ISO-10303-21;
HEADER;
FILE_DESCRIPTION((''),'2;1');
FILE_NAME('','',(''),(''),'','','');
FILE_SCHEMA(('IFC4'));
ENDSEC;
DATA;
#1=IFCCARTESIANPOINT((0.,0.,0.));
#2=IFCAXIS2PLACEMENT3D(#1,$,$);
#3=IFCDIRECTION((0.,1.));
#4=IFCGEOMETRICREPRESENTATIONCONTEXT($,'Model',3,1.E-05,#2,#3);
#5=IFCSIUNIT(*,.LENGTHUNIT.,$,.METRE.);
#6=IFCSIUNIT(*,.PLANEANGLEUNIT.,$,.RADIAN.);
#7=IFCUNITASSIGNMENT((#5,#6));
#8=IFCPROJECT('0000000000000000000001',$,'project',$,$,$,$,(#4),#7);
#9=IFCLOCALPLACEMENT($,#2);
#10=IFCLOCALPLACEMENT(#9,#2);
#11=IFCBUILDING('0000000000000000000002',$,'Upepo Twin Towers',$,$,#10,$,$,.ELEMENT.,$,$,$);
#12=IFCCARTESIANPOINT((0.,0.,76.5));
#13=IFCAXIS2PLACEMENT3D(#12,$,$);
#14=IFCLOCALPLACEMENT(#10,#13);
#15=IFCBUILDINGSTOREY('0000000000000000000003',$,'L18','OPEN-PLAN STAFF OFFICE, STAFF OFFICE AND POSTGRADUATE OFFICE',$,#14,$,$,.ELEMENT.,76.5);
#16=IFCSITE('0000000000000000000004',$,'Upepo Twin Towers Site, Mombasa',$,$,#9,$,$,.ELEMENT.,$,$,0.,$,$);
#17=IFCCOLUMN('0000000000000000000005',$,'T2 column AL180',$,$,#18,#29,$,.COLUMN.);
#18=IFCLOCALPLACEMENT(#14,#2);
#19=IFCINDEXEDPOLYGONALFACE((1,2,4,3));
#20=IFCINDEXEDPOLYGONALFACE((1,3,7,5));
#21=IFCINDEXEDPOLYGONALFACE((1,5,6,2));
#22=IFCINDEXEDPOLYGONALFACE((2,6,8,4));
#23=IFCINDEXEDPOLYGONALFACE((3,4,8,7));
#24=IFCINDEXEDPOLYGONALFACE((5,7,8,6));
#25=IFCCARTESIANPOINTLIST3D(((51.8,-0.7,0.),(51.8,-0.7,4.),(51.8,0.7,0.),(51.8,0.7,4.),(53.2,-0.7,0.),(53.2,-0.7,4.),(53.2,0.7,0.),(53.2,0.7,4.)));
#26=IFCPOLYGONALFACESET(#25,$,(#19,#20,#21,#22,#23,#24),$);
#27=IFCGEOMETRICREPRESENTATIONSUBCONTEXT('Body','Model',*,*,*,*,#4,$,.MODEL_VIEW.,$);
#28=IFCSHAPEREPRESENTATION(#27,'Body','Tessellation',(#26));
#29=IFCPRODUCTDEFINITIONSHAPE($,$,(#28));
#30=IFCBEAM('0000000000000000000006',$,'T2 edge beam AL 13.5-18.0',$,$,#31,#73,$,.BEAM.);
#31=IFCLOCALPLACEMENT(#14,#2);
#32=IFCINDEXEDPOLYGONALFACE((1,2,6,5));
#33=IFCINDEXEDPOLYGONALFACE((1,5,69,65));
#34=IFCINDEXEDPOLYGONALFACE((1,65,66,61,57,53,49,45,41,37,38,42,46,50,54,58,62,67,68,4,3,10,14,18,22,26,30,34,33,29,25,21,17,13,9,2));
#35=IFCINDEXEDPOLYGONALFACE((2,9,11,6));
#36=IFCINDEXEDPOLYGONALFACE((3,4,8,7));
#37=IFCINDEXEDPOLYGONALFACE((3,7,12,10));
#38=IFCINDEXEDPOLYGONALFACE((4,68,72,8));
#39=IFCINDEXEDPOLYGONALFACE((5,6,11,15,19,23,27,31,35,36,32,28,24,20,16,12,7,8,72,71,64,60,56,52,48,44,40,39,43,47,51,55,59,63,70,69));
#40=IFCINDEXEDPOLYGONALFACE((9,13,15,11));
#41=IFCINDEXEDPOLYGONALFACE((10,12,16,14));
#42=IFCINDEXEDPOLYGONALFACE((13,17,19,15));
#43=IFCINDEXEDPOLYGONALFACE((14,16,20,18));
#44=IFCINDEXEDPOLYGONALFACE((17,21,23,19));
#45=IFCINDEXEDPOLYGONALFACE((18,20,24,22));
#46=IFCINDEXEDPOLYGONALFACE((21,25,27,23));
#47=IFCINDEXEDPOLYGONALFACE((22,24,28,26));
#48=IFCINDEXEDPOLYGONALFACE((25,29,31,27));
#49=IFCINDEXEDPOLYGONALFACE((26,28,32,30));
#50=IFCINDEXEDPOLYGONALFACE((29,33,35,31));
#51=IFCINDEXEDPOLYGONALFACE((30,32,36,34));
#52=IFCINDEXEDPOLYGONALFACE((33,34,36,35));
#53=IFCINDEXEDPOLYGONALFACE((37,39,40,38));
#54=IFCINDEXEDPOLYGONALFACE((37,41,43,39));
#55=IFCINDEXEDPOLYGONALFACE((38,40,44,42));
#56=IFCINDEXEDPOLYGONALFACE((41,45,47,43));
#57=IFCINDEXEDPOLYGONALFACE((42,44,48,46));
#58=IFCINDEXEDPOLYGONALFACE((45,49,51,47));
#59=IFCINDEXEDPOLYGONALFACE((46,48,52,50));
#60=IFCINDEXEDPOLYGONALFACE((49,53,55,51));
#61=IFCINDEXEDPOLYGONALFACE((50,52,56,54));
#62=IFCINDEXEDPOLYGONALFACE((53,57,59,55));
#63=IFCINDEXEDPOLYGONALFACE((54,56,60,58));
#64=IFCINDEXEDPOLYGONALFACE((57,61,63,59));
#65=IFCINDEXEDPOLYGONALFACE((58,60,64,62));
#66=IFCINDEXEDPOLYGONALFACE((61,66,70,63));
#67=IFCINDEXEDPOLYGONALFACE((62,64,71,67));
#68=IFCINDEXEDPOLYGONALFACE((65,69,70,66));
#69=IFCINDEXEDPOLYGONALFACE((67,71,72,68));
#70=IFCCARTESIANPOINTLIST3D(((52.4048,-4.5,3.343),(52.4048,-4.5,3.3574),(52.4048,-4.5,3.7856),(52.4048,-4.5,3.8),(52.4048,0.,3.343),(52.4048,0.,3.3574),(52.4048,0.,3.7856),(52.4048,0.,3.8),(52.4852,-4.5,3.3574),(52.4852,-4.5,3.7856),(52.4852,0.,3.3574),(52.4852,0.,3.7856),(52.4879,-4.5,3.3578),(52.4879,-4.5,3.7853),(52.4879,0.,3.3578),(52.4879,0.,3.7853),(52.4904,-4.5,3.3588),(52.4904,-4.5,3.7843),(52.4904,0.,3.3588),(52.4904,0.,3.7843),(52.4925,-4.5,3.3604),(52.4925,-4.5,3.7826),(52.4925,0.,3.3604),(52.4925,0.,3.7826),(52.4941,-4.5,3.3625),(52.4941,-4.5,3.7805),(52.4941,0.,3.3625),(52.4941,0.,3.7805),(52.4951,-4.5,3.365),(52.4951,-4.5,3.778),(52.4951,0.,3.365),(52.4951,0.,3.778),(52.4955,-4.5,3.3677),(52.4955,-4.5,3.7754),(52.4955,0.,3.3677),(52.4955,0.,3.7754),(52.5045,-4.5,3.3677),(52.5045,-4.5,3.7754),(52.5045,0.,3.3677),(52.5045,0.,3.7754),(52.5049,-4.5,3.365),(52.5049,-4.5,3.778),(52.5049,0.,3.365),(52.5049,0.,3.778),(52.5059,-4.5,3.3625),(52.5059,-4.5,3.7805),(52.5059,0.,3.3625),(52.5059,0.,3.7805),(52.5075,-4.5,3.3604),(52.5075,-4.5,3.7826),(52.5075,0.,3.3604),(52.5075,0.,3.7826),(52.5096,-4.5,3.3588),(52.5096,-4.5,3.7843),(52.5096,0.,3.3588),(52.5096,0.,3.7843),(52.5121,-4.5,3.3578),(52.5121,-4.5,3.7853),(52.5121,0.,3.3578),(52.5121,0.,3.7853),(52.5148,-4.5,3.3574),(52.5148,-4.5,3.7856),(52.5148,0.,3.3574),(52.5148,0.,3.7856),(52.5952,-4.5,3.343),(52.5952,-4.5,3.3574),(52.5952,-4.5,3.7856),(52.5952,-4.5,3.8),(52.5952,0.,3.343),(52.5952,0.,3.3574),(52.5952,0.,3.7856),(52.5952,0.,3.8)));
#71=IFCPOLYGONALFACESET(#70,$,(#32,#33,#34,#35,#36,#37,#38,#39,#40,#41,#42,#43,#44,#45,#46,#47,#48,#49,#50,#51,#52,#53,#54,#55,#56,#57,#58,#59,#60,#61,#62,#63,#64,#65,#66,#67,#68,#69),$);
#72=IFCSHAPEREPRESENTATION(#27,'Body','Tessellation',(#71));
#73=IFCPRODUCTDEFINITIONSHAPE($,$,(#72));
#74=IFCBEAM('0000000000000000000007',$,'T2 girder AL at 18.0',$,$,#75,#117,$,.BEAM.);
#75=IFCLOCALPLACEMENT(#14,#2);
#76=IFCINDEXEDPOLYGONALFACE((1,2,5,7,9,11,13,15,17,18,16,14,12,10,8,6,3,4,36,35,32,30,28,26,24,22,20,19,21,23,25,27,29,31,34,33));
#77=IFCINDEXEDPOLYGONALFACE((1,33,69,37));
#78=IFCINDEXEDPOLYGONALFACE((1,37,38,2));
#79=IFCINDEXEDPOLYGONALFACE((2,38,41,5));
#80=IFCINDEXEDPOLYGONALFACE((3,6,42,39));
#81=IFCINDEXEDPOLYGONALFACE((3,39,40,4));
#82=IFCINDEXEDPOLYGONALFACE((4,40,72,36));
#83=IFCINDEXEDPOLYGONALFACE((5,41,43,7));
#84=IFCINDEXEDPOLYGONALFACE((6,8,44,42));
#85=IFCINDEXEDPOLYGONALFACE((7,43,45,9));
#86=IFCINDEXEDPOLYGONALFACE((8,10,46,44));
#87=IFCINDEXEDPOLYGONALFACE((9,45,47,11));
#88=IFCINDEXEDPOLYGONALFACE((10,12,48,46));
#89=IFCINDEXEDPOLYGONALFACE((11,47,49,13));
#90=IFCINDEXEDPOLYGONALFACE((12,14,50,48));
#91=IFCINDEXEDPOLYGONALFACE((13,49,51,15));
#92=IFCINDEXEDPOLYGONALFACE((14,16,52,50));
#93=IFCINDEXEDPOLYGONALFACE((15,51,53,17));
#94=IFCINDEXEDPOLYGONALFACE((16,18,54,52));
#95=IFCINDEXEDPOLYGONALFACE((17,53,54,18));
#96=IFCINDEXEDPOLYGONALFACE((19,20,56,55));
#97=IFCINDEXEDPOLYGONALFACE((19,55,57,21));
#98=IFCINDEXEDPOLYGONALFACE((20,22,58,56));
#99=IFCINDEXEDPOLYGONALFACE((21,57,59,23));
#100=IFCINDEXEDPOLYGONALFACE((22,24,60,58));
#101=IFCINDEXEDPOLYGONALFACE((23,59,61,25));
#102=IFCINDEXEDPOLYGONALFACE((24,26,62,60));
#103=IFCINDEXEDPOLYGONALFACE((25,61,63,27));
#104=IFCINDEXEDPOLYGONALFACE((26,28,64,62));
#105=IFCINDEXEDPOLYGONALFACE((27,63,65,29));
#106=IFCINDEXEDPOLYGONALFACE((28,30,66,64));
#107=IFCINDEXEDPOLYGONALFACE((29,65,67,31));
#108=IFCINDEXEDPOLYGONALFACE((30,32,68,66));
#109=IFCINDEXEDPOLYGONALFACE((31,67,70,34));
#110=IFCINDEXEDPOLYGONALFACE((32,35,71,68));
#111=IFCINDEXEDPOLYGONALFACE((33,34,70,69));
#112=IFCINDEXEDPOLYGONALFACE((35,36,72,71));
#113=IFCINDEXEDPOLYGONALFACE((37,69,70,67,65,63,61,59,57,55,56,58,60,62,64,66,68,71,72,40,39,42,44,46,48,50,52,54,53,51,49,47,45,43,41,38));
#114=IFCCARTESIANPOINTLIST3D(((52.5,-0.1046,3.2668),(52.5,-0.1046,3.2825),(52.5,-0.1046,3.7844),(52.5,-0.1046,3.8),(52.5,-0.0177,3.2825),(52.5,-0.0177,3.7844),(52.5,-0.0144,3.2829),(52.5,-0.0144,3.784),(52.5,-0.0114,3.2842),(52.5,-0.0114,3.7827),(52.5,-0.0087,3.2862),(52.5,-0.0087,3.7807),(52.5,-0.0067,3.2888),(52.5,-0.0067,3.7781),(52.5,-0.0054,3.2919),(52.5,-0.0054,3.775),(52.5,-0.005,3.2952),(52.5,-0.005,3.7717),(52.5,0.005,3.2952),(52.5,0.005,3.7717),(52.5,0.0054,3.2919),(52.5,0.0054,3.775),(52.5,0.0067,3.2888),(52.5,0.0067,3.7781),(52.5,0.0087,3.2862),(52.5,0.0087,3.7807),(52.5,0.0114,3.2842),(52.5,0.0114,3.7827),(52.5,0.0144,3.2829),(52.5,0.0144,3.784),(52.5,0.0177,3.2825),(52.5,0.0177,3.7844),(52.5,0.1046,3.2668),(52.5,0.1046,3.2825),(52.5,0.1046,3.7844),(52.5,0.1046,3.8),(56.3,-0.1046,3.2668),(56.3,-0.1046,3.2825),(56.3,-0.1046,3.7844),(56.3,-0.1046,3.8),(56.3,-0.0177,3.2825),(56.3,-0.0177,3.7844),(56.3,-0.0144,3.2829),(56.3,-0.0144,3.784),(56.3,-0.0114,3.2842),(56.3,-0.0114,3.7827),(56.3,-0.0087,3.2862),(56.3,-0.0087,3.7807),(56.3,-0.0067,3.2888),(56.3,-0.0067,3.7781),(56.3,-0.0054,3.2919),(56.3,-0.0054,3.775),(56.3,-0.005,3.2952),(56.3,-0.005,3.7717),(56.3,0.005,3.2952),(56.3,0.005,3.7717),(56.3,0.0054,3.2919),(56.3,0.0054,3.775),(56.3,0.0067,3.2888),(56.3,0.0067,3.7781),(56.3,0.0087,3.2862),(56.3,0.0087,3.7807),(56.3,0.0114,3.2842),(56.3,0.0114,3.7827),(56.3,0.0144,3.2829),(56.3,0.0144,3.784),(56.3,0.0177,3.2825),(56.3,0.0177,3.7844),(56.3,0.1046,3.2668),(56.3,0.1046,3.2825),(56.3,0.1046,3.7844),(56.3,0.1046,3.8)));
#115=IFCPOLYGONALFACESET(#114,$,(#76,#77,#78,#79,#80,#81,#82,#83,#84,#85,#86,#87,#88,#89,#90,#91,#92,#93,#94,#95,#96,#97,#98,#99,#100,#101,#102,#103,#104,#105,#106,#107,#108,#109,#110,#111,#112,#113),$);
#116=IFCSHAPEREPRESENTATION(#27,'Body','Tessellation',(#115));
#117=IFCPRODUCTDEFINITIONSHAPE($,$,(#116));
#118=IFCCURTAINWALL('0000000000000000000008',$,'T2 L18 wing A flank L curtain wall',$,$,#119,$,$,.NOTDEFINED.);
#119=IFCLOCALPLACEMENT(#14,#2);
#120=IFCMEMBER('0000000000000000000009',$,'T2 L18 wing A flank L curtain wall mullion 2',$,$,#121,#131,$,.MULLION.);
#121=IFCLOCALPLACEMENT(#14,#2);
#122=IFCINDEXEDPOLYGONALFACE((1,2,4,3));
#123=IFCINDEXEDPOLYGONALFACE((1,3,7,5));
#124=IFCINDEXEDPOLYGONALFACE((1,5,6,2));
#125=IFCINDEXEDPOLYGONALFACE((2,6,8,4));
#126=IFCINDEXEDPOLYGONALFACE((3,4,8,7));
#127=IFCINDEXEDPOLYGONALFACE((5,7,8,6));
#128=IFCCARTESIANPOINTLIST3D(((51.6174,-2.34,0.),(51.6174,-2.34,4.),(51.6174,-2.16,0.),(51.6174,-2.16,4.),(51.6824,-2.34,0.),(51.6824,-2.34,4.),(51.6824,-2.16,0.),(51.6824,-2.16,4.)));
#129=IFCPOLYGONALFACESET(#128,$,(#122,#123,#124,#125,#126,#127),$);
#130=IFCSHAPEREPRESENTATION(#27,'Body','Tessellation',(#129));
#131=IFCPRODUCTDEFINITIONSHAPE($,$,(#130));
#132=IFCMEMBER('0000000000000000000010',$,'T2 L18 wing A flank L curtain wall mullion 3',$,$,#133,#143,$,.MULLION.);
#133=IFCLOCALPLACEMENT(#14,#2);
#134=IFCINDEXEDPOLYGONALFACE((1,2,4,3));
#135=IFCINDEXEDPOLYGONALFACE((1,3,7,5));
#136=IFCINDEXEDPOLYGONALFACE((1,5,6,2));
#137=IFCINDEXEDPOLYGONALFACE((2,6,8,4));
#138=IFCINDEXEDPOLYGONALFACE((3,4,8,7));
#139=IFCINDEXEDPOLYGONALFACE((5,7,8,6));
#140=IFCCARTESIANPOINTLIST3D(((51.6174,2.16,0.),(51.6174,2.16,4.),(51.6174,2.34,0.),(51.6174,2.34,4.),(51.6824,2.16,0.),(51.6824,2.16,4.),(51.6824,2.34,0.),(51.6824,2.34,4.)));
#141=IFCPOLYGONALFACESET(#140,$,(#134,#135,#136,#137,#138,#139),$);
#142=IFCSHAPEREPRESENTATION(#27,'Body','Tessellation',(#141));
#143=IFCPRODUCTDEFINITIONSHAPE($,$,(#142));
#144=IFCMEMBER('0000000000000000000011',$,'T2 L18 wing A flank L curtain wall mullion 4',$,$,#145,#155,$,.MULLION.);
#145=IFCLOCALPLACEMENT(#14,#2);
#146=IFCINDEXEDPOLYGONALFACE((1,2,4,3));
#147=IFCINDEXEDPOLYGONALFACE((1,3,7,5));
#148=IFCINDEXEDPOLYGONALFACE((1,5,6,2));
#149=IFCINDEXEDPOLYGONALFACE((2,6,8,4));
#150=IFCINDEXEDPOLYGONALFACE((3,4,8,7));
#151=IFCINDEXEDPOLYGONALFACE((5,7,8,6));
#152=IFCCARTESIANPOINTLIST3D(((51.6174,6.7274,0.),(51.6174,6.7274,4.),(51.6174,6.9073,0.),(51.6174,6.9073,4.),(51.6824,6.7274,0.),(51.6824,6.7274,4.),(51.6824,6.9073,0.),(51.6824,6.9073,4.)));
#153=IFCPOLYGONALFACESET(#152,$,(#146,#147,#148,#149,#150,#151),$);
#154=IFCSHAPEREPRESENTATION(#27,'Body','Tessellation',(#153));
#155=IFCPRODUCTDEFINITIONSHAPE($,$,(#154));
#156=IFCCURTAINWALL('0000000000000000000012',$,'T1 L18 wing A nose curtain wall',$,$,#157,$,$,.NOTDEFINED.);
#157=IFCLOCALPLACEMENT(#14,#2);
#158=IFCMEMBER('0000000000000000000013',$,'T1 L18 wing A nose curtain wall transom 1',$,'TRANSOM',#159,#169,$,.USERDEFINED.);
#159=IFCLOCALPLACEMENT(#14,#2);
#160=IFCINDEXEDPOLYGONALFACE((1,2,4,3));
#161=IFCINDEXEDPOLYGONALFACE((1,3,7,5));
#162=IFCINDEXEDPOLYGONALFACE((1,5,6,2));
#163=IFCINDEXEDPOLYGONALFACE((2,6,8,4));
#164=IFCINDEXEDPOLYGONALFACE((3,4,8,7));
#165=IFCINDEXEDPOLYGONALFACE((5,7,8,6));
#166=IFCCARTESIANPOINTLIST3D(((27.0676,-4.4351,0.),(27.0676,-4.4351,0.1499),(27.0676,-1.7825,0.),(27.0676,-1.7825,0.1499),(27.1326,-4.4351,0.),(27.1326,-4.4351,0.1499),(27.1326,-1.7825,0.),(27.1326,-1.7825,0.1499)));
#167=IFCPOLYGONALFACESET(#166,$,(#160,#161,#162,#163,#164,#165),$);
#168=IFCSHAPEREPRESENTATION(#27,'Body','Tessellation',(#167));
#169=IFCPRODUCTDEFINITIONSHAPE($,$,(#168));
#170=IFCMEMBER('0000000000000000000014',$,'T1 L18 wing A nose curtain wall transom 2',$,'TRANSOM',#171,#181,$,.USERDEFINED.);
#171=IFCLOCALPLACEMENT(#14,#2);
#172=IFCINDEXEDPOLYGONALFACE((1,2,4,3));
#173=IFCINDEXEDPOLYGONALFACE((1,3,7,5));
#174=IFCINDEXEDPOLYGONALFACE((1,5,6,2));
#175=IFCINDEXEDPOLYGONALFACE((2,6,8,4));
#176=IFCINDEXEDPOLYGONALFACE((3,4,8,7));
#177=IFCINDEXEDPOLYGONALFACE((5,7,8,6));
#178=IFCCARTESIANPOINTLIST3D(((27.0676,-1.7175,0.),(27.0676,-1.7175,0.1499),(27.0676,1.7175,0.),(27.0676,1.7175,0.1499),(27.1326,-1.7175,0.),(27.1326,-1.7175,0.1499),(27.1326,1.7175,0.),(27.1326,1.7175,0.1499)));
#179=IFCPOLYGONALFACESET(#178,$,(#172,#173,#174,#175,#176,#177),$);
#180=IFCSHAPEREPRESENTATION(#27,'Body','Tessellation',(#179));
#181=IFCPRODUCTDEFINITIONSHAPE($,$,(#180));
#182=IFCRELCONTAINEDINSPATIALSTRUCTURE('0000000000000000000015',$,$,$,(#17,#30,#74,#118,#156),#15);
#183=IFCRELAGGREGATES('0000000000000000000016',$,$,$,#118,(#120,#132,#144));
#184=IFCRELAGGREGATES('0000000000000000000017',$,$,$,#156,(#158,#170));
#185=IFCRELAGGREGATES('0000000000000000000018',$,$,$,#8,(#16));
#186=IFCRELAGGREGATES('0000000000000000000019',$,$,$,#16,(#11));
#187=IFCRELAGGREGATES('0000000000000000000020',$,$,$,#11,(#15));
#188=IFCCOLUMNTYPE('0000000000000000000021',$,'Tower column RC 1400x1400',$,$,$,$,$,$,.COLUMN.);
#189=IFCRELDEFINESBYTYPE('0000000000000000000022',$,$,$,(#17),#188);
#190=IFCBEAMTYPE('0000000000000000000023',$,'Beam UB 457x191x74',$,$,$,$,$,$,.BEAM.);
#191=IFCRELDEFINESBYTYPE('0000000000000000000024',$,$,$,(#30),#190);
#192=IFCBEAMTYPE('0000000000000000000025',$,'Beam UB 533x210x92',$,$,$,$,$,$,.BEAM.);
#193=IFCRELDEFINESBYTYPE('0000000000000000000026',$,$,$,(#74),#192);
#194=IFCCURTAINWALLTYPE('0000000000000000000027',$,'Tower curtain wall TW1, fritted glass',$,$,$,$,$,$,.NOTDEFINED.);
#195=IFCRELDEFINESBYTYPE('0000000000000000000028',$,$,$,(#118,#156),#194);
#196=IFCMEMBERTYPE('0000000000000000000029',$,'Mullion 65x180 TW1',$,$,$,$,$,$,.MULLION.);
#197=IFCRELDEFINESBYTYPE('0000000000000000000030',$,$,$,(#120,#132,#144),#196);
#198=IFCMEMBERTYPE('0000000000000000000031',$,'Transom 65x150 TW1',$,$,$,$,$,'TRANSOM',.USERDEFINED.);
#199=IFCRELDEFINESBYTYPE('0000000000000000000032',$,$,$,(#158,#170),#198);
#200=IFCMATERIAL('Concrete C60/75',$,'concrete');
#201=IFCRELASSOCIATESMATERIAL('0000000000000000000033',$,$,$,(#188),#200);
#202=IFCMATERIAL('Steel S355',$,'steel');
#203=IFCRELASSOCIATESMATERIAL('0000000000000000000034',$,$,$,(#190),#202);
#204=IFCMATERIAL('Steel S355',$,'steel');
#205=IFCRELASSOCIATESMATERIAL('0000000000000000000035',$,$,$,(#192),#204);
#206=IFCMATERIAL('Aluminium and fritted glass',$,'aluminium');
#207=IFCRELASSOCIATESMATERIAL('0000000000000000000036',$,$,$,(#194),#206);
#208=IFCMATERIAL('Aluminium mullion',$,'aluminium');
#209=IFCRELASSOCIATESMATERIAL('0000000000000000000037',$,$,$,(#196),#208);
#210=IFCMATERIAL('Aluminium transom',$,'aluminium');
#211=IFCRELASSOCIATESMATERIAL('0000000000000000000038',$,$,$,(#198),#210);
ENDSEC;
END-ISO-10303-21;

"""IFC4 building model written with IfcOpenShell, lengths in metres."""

from ifc_helpers import new_model, si_unit, direction, frame, origin, origin_2d, place, context, subcontext, project, spatial, rectangle, i_section, extrude, material, material_profile, profile_set, type_object, element, aggregate, save


model = new_model("IFC4")

# Units and contexts
model_context = context("Model", 3, precision=1e-05, world=origin(), true_north=direction((0.0, 1.0)))
body_context = subcontext(model_context, "Body", "Model", "MODEL_VIEW")
ifc_project = project(units=[si_unit("LENGTHUNIT", "METRE"), si_unit("PLANEANGLEUNIT", "RADIAN")], contexts=[model_context])

# Site, building, storey
site_placement = place(None, origin())
site = spatial("IfcSite", under=ifc_project, at=site_placement, Name="Upepo Twin Towers Site, Mombasa", CompositionType="ELEMENT", RefElevation=0.0)
building_placement = place(site_placement, origin())
building = spatial("IfcBuilding", under=site, at=building_placement, Name="Upepo Twin Towers", CompositionType="ELEMENT")
storey_placement = place(building_placement, frame((0.0, 0.0, 76.5)))
storey = spatial("IfcBuildingStorey", under=building, at=storey_placement, Name="L18", Description="OPEN-PLAN STAFF OFFICE, STAFF OFFICE AND POSTGRADUATE OFFICE", CompositionType="ELEMENT", Elevation=76.5)

# Column
ifc_material_1 = material(Name="Concrete C60/75", Category="concrete")
ifc_material_profile_1 = material_profile(ifc_material_1, rectangle(XDim=1.3999, YDim=1.3999, at=origin_2d()), Name="RC 1400x1400")
ifc_profile_set_1 = profile_set([ifc_material_profile_1], Name="Concrete C60/75")
column_type = type_object("IfcColumnType", Name="Tower column RC 1400x1400", PredefinedType="COLUMN", material=ifc_profile_set_1)
column_placement = place(storey_placement, frame((52.5, 0.0, 0.0), z_axis=(0.0, 0.0, 1.0), x_axis=(1.0, 0.0, 0.0)))
element("IfcColumn", 1, at=column_placement, inside=storey, type_object=column_type, Name="T2 column AL180", PredefinedType="COLUMN", context=body_context, shape_type="SweptSolid", body=[
    extrude(rectangle(XDim=1.3999, YDim=1.3999, at=origin_2d()), origin(), (0.0, 0.0, 1.0), 4.0),
])

# Beams
ifc_material_2 = material(Name="Steel S355", Category="steel")
ifc_material_profile_2 = material_profile(ifc_material_2, i_section(OverallWidth=0.1904, OverallDepth=0.457, WebThickness=0.009, FlangeThickness=0.0144, FilletRadius=0.0103, at=origin_2d()), Name="UB 457x191x74")
ifc_profile_set_2 = profile_set([ifc_material_profile_2], Name="Steel S355")
beam_type_1 = type_object("IfcBeamType", Name="Beam UB 457x191x74", PredefinedType="BEAM", material=ifc_profile_set_2)
beam_1_placement = place(storey_placement, frame((52.5, -4.5, 3.5715), z_axis=(0.0, 1.0, 0.0), x_axis=(-1.0, 0.0, 0.0)))
element("IfcBeam", 2, at=beam_1_placement, inside=storey, type_object=beam_type_1, Name="T2 edge beam AL 13.5-18.0", PredefinedType="BEAM", context=body_context, shape_type="SweptSolid", body=[
    extrude(i_section(OverallWidth=0.1904, OverallDepth=0.457, WebThickness=0.009, FlangeThickness=0.0144, FilletRadius=0.0103, at=origin_2d()), origin(), (0.0, 0.0, 1.0), 4.5),
])
ifc_material_3 = material(Name="Steel S355", Category="steel")
ifc_material_profile_3 = material_profile(ifc_material_3, i_section(OverallWidth=0.2092, OverallDepth=0.5332, WebThickness=0.01, FlangeThickness=0.0156, FilletRadius=0.0127, at=origin_2d()), Name="UB 533x210x92")
ifc_profile_set_3 = profile_set([ifc_material_profile_3], Name="Steel S355")
beam_type_2 = type_object("IfcBeamType", Name="Beam UB 533x210x92", PredefinedType="BEAM", material=ifc_profile_set_3)
beam_2_placement = place(storey_placement, frame((52.5, 0.0, 3.5334), z_axis=(1.0, 0.0, 0.0), x_axis=(0.0, 1.0, 0.0)))
element("IfcBeam", 3, at=beam_2_placement, inside=storey, type_object=beam_type_2, Name="T2 girder AL at 18.0", PredefinedType="BEAM", context=body_context, shape_type="SweptSolid", body=[
    extrude(i_section(OverallWidth=0.2092, OverallDepth=0.5332, WebThickness=0.01, FlangeThickness=0.0156, FilletRadius=0.0127, at=origin_2d()), origin(), (0.0, 0.0, 1.0), 3.8),
])

# Curtain walls, members
ifc_material_4 = material(Name="Aluminium and fritted glass", Category="aluminium")
curtain_wall_type = type_object("IfcCurtainWallType", Name="Tower curtain wall TW1, fritted glass", PredefinedType="NOTDEFINED", material=ifc_material_4)
curtain_wall_1_placement = place(storey_placement, origin())
curtain_wall_1 = element("IfcCurtainWall", 4, at=curtain_wall_1_placement, inside=storey, type_object=curtain_wall_type, Name="T2 L18 wing A flank L curtain wall", PredefinedType="NOTDEFINED")
ifc_material_5 = material(Name="Aluminium mullion", Category="aluminium")
ifc_material_profile_4 = material_profile(ifc_material_5, rectangle(XDim=0.0649, YDim=0.1799, at=origin_2d()), Name="MULLION 65x180")
ifc_profile_set_4 = profile_set([ifc_material_profile_4], Name="Aluminium mullion")
member_type_1 = type_object("IfcMemberType", Name="Mullion 65x180 TW1", PredefinedType="MULLION", material=ifc_profile_set_4)
member_1_placement = place(storey_placement, frame((51.6499, -2.25, 0.0), z_axis=(0.0, 0.0, 1.0), x_axis=(-1.0, 0.0, 0.0)))
member_1 = element("IfcMember", 5, at=member_1_placement, type_object=member_type_1, Name="T2 L18 wing A flank L curtain wall mullion 2", PredefinedType="MULLION", context=body_context, shape_type="SweptSolid", body=[
    extrude(rectangle(XDim=0.0649, YDim=0.1799, at=origin_2d()), origin(), (0.0, 0.0, 1.0), 4.0),
])
member_2_placement = place(storey_placement, frame((51.6499, 2.25, 0.0), z_axis=(0.0, 0.0, 1.0), x_axis=(-1.0, 0.0, 0.0)))
member_2 = element("IfcMember", 6, at=member_2_placement, type_object=member_type_1, Name="T2 L18 wing A flank L curtain wall mullion 3", PredefinedType="MULLION", context=body_context, shape_type="SweptSolid", body=[
    extrude(rectangle(XDim=0.0649, YDim=0.1799, at=origin_2d()), origin(), (0.0, 0.0, 1.0), 4.0),
])
member_3_placement = place(storey_placement, frame((51.6499, 6.8174, 0.0), z_axis=(0.0, 0.0, 1.0), x_axis=(-1.0, 0.0, 0.0)))
member_3 = element("IfcMember", 7, at=member_3_placement, type_object=member_type_1, Name="T2 L18 wing A flank L curtain wall mullion 4", PredefinedType="MULLION", context=body_context, shape_type="SweptSolid", body=[
    extrude(rectangle(XDim=0.0649, YDim=0.1799, at=origin_2d()), origin(), (0.0, 0.0, 1.0), 4.0),
])
curtain_wall_2_placement = place(storey_placement, origin())
curtain_wall_2 = element("IfcCurtainWall", 8, at=curtain_wall_2_placement, inside=storey, type_object=curtain_wall_type, Name="T1 L18 wing A nose curtain wall", PredefinedType="NOTDEFINED")
ifc_material_6 = material(Name="Aluminium transom", Category="aluminium")
ifc_material_profile_5 = material_profile(ifc_material_6, rectangle(XDim=0.0649, YDim=0.1499, at=origin_2d()), Name="TRANSOM 65x150")
ifc_profile_set_5 = profile_set([ifc_material_profile_5], Name="Aluminium transom")
member_type_2 = type_object("IfcMemberType", Name="Transom 65x150 TW1", ElementType="TRANSOM", PredefinedType="USERDEFINED", material=ifc_profile_set_5)
member_4_placement = place(storey_placement, frame((27.1001, -4.4351, 0.075), z_axis=(0.0, 1.0, 0.0), x_axis=(-1.0, 0.0, 0.0)))
member_4 = element("IfcMember", 9, at=member_4_placement, type_object=member_type_2, Name="T1 L18 wing A nose curtain wall transom 1", ObjectType="TRANSOM", PredefinedType="USERDEFINED", context=body_context, shape_type="SweptSolid", body=[
    extrude(rectangle(XDim=0.0649, YDim=0.1499, at=origin_2d()), origin(), (0.0, 0.0, 1.0), 2.6526),
])
member_5_placement = place(storey_placement, frame((27.1001, -1.7175, 0.075), z_axis=(0.0, 1.0, 0.0), x_axis=(-1.0, 0.0, 0.0)))
member_5 = element("IfcMember", 10, at=member_5_placement, type_object=member_type_2, Name="T1 L18 wing A nose curtain wall transom 2", ObjectType="TRANSOM", PredefinedType="USERDEFINED", context=body_context, shape_type="SweptSolid", body=[
    extrude(rectangle(XDim=0.0649, YDim=0.1499, at=origin_2d()), origin(), (0.0, 0.0, 1.0), 3.4351),
])

aggregate(curtain_wall_1, [member_1, member_2, member_3])
aggregate(curtain_wall_2, [member_4, member_5])

save(model, "model.ifc")
